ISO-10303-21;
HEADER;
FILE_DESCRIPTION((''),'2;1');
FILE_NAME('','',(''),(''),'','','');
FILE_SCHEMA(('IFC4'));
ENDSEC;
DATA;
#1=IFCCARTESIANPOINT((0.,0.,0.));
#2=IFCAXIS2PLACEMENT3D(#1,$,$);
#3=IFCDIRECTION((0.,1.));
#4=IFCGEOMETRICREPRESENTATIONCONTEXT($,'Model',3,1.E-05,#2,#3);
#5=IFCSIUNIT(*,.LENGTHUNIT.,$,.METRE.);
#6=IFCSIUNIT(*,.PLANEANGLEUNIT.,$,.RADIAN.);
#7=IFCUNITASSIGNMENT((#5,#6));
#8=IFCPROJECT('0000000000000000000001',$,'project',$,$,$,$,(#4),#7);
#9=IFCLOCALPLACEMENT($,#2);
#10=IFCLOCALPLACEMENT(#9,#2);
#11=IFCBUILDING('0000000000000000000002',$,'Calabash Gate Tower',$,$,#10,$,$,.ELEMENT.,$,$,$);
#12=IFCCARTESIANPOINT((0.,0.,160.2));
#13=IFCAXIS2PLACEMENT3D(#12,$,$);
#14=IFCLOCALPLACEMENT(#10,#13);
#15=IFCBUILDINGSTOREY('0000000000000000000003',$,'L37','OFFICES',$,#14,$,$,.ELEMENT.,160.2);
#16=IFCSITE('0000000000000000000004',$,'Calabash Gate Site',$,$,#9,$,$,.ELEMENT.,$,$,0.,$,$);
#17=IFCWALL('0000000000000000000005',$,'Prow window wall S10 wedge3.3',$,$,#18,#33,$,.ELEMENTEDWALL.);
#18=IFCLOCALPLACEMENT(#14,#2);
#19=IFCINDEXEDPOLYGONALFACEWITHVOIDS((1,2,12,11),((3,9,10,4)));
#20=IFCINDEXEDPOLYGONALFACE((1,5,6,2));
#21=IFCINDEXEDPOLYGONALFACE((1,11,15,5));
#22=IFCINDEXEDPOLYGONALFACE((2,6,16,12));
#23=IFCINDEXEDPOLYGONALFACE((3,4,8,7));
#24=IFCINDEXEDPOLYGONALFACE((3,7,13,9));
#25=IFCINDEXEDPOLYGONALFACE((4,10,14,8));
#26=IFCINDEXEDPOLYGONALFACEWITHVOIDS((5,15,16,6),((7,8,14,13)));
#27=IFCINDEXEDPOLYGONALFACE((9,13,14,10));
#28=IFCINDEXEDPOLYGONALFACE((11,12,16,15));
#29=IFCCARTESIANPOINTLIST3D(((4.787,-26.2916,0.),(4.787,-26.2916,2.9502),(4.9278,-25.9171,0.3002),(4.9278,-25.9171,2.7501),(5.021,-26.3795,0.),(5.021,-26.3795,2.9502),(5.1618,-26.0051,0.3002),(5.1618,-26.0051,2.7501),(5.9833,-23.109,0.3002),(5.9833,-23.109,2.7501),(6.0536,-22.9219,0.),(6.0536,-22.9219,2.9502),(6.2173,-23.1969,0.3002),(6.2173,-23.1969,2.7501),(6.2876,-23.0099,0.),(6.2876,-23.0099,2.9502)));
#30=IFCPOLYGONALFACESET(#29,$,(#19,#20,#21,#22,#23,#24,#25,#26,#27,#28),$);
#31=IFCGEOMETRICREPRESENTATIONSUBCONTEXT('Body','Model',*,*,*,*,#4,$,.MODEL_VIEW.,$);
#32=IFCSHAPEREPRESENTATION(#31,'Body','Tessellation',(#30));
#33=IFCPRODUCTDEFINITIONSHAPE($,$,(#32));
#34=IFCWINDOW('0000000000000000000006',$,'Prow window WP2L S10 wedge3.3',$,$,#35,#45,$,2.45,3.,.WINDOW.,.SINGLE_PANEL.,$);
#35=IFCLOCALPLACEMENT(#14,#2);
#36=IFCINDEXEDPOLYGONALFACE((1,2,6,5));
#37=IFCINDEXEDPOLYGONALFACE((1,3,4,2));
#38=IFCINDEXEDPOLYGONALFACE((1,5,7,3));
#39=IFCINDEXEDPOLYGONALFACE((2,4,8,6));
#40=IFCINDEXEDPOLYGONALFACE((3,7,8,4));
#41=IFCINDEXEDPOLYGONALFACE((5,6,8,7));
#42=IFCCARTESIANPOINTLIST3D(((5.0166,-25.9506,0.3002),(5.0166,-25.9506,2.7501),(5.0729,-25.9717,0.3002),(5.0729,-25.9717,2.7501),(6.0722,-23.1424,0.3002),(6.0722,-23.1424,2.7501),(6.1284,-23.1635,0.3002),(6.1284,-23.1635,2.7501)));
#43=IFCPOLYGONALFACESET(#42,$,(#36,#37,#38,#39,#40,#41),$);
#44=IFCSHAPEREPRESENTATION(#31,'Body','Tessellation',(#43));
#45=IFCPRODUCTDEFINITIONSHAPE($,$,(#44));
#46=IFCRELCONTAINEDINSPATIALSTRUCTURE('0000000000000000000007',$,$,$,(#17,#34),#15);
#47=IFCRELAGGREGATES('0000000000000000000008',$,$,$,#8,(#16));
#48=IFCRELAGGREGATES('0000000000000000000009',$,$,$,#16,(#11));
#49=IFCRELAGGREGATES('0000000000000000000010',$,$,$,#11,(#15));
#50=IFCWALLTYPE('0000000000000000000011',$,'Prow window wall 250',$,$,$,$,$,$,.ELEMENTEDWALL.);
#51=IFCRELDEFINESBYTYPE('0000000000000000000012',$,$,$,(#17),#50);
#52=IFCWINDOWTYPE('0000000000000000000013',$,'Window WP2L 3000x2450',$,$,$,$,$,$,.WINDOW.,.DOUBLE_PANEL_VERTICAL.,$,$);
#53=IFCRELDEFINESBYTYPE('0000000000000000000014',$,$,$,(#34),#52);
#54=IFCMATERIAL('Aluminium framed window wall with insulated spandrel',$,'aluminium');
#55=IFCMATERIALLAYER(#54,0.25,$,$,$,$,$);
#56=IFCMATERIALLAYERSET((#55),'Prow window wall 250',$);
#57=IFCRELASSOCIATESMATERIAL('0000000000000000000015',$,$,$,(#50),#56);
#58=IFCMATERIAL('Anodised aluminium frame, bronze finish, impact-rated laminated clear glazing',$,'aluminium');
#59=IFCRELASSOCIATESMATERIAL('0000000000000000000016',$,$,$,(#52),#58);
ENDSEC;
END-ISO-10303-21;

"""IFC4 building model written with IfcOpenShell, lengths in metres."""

from ifc_helpers import new_model, si_unit, direction, frame, frame_2d, origin, place, context, subcontext, project, spatial, rectangle, extrude, material, layer, layer_set, type_object, element, fill, save


model = new_model("IFC4")

# Units and contexts
model_context = context("Model", 3, precision=1e-05, world=origin(), true_north=direction((0.0, 1.0)))
body_context = subcontext(model_context, "Body", "Model", "MODEL_VIEW")
ifc_project = project(units=[si_unit("LENGTHUNIT", "METRE"), si_unit("PLANEANGLEUNIT", "RADIAN")], contexts=[model_context])

# Site, building, storey
site_placement = place(None, origin())
site = spatial("IfcSite", under=ifc_project, at=site_placement, Name="Calabash Gate Site", CompositionType="ELEMENT", RefElevation=0.0)
building_placement = place(site_placement, origin())
building = spatial("IfcBuilding", under=site, at=building_placement, Name="Calabash Gate Tower", CompositionType="ELEMENT")
storey_placement = place(building_placement, frame((0.0, 0.0, 160.2)))
storey = spatial("IfcBuildingStorey", under=building, at=storey_placement, Name="L37", Description="OFFICES", CompositionType="ELEMENT", Elevation=160.2)

# Wall, opening, window
ifc_material_1 = material(Name="Aluminium framed window wall with insulated spandrel", Category="aluminium")
ifc_layer_1 = layer(ifc_material_1, 0.25)
ifc_layer_set_1 = layer_set([ifc_layer_1], Name="Prow window wall 250")
wall_type_1 = type_object("IfcWallType", Name="Prow window wall 250", PredefinedType="ELEMENTEDWALL", material=ifc_layer_set_1)
wall_1_placement = place(storey_placement, frame((4.9041, -26.3354, 0.0), z_axis=(0.0, 0.0, 1.0), x_axis=(0.351852, 0.936056, 0.0)))
wall_1 = element("IfcWall", 1, at=wall_1_placement, inside=storey, type_object=wall_type_1, Name="Prow window wall S10 wedge3.3", PredefinedType="ELEMENTEDWALL", context=body_context, shape_type="SweptSolid", body=[
    extrude(rectangle(XDim=3.5999, YDim=0.25, at=frame_2d((1.7998, 0.0))), origin(), (0.0, 0.0, 1.0), 2.9502),
])
opening_1_placement = place(wall_1_placement, frame((0.3999, 0.0, 0.3)))
opening_1 = element("IfcOpeningElement", 2, at=opening_1_placement, cuts=wall_1, PredefinedType="OPENING", context=body_context, shape_type="SweptSolid", body=[
    extrude(rectangle(XDim=3.0, YDim=2.45, at=frame_2d((1.5, 1.2251))), frame((0.0, 0.135, 0.0), z_axis=(0.0, -1.0, 0.0), x_axis=(1.0, 0.0, 0.0)), (0.0, 0.0, 1.0), 0.27),
])
ifc_material_2 = material(Name="Anodised aluminium frame, bronze finish, impact-rated laminated clear glazing", Category="aluminium")
window_type_1 = type_object("IfcWindowType", Name="Window WP2L 3000x2450", PartitioningType="DOUBLE_PANEL_VERTICAL", PredefinedType="WINDOW", material=ifc_material_2)
window_1_placement = place(opening_1_placement, origin())
window_1 = element("IfcWindow", 3, at=window_1_placement, inside=storey, type_object=window_type_1, Name="Prow window WP2L S10 wedge3.3", OverallHeight=2.45, OverallWidth=3.0, PartitioningType="SINGLE_PANEL", PredefinedType="WINDOW", context=body_context, shape_type="SweptSolid", body=[
    extrude(rectangle(XDim=3.0, YDim=2.45, at=frame_2d((1.5, 1.2251))), frame((0.0, 0.03, 0.0), z_axis=(0.0, -1.0, 0.0), x_axis=(1.0, 0.0, 0.0)), (0.0, 0.0, 1.0), 0.0601),
])
fill(opening_1, window_1)

save(model, "model.ifc")
